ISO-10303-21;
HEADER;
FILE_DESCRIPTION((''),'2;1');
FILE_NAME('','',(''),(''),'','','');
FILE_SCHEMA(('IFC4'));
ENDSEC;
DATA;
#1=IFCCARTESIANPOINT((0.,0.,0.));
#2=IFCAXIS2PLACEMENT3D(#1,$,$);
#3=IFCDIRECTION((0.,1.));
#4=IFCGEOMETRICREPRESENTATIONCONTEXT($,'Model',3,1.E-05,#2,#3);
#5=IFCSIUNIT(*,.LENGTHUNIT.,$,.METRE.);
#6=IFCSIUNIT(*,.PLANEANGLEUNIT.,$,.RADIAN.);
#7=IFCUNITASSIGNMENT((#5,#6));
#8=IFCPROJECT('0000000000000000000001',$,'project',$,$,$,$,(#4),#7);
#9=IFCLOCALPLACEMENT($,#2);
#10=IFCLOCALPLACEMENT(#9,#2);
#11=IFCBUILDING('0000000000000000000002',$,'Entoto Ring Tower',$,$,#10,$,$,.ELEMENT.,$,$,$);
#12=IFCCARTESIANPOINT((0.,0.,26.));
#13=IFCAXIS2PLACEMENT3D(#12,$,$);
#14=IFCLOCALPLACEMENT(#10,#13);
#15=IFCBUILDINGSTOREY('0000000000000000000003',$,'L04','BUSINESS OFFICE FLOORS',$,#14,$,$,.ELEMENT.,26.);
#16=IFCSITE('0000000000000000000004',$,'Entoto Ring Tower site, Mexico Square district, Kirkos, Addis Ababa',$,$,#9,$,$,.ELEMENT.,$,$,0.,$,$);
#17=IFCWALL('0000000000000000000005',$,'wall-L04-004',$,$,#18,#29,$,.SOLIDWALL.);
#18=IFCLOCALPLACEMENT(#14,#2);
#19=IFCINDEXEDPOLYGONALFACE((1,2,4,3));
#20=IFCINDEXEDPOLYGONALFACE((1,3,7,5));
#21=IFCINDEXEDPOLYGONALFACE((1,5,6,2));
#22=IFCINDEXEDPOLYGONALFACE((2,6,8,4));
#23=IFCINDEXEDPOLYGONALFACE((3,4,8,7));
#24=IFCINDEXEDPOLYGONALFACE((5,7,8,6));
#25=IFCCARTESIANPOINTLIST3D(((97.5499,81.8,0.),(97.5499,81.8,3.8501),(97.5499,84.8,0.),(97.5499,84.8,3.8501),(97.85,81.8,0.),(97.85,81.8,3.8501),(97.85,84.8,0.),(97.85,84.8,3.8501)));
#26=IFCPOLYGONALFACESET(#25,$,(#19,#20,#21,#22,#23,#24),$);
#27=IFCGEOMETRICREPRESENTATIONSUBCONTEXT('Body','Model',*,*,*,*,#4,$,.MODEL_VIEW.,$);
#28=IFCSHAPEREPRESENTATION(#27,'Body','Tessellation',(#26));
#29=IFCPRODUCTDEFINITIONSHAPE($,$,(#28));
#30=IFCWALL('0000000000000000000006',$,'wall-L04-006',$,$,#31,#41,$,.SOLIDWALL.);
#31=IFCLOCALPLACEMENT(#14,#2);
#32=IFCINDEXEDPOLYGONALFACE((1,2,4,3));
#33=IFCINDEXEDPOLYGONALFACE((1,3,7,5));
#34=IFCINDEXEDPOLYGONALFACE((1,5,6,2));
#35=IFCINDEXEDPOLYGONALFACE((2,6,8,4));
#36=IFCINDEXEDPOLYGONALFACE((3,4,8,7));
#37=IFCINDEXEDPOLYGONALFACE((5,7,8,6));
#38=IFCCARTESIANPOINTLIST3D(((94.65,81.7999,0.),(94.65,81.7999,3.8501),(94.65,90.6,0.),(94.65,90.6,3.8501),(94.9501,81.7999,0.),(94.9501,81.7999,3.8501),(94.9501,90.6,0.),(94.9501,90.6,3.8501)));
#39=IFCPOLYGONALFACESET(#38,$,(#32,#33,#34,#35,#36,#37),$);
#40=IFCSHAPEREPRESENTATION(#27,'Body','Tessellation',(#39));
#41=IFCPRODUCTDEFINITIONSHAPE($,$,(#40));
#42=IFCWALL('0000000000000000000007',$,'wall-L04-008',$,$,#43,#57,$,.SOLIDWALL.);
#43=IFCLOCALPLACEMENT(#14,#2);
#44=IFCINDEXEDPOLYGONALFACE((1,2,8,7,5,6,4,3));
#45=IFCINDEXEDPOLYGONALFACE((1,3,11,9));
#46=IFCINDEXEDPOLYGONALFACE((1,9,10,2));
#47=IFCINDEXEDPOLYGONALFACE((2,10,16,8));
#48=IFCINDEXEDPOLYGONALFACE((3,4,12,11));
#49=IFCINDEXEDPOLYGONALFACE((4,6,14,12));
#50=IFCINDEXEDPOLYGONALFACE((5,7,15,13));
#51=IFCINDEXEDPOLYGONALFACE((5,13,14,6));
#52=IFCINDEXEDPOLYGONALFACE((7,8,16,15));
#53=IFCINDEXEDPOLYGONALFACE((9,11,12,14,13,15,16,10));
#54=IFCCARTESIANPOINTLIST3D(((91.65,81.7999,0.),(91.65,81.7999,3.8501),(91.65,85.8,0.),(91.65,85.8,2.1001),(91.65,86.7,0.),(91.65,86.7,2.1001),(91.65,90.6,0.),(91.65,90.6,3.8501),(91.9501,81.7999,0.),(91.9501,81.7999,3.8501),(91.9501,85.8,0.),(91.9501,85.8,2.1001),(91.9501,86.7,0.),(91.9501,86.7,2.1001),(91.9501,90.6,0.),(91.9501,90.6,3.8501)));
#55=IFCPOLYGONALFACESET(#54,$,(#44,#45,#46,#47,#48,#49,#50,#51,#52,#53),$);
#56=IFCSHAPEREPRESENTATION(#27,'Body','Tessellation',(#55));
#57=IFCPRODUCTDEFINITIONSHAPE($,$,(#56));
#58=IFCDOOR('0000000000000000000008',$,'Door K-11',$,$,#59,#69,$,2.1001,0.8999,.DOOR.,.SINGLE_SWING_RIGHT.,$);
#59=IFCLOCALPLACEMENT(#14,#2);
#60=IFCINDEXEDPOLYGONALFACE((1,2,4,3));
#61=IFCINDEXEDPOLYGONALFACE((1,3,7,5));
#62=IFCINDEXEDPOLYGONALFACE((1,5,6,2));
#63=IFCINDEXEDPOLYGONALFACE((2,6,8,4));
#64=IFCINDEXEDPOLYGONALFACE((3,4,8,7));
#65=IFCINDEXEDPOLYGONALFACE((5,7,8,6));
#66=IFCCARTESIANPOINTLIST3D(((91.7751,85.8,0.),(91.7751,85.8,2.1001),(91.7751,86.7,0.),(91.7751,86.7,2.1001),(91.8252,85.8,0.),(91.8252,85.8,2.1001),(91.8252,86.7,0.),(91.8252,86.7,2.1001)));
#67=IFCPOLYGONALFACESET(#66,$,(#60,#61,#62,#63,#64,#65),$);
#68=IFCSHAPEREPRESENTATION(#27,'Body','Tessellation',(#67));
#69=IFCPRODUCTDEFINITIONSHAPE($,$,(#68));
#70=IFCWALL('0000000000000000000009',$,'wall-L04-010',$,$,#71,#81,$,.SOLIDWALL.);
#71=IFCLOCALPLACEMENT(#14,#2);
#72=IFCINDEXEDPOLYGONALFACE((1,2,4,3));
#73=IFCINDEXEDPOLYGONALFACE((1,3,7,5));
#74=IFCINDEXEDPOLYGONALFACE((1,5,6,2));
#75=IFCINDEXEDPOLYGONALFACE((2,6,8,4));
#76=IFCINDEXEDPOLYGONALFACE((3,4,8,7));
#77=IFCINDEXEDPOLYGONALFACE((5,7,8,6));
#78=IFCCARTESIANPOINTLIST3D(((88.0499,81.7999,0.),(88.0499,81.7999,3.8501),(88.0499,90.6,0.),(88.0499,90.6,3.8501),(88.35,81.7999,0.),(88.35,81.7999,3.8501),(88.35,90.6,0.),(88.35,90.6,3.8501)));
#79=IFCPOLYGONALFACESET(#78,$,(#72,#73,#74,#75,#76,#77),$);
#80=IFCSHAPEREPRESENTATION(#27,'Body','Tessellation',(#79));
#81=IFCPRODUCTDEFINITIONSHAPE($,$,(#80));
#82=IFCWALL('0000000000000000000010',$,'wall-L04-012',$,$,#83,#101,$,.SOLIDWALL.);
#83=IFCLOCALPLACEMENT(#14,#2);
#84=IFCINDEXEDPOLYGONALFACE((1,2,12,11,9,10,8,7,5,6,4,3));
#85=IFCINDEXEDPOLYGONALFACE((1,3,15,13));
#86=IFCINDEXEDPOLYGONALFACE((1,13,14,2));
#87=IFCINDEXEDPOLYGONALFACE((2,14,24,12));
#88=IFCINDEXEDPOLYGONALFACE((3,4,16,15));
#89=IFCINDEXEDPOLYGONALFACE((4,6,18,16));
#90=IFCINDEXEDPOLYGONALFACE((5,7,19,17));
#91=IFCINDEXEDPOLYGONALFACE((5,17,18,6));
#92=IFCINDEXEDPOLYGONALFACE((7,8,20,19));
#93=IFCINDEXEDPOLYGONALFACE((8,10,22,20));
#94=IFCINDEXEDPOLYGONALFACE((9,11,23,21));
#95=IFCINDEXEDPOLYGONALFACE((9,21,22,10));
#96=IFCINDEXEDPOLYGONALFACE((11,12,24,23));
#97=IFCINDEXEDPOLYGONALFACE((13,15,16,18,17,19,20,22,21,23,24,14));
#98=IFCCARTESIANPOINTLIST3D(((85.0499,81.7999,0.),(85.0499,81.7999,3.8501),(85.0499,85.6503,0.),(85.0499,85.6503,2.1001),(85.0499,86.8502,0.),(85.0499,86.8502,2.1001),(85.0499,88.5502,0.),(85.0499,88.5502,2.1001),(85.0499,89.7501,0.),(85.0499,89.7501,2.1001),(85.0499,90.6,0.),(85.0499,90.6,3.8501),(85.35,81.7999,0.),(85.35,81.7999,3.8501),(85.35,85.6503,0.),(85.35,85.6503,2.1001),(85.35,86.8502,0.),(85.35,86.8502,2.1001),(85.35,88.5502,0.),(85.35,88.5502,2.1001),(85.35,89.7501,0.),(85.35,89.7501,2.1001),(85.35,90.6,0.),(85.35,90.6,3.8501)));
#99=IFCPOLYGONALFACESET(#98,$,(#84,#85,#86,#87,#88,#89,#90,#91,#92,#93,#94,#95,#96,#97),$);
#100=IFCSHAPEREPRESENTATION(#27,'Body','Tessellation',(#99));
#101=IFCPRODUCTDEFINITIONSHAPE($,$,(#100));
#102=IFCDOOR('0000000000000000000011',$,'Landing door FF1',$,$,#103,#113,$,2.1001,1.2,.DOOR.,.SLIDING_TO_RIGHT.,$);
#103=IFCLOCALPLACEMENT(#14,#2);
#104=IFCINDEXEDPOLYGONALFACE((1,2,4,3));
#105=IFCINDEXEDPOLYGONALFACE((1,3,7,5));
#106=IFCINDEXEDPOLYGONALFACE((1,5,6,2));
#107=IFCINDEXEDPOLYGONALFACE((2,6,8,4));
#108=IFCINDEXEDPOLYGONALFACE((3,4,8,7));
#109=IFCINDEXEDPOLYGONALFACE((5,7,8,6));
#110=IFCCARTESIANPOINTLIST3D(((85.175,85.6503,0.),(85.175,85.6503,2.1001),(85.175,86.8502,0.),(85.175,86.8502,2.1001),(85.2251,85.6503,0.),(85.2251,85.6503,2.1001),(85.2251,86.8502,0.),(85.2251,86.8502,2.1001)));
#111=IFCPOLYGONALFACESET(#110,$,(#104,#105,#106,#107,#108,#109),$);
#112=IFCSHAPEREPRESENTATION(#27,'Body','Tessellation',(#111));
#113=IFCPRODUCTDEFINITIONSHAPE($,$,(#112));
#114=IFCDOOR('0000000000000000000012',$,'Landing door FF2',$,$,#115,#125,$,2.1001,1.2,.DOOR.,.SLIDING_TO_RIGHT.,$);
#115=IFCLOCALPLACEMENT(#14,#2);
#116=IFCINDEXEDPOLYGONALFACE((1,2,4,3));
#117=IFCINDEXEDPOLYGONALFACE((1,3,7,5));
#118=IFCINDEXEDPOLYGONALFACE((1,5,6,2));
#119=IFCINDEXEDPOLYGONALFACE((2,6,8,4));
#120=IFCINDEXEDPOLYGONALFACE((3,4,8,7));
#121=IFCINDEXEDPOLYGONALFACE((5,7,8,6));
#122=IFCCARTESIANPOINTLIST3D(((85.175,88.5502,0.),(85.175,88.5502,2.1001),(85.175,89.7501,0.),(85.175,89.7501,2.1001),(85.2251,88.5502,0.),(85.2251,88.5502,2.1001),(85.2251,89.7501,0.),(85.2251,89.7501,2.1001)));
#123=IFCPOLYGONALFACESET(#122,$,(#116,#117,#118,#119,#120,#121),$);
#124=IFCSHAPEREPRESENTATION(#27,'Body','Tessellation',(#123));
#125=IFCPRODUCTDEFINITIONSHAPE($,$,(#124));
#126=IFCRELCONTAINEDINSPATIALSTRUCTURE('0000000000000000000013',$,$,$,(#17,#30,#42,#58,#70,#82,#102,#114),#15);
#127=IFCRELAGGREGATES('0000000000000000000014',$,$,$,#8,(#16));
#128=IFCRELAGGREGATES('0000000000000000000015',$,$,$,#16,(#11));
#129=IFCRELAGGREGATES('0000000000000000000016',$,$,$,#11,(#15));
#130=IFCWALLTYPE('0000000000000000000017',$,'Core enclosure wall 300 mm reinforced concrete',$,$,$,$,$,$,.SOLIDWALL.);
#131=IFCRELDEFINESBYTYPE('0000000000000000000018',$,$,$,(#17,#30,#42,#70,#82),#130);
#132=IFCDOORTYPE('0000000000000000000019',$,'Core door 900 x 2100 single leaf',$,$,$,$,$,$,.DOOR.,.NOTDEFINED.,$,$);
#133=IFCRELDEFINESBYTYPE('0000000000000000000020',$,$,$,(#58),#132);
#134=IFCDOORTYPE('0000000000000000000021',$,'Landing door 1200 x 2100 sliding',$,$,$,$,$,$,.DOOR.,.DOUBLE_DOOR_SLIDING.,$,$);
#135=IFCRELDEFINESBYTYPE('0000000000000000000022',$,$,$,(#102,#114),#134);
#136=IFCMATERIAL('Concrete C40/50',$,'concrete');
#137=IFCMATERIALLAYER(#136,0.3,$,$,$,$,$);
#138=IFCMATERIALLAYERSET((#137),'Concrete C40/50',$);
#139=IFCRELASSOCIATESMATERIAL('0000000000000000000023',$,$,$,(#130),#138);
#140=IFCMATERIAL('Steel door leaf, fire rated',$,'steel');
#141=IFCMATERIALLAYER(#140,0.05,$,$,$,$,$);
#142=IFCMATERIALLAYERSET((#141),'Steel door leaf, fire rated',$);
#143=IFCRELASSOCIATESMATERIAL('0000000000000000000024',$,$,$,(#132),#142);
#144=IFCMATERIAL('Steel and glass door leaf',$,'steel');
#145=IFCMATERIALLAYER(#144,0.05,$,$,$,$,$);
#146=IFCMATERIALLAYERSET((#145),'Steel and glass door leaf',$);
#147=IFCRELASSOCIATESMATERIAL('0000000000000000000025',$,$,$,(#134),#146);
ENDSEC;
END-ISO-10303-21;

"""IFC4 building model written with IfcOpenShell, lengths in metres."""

from ifc_helpers import new_model, si_unit, direction, frame, frame_2d, origin, place, context, subcontext, project, spatial, rectangle, extrude, material, layer, layer_set, type_object, element, fill, save


model = new_model("IFC4")

# Units and contexts
model_context = context("Model", 3, precision=1e-05, world=origin(), true_north=direction((0.0, 1.0)))
body_context = subcontext(model_context, "Body", "Model", "MODEL_VIEW")
ifc_project = project(units=[si_unit("LENGTHUNIT", "METRE"), si_unit("PLANEANGLEUNIT", "RADIAN")], contexts=[model_context])

# Site, building, storey
site_placement = place(None, origin())
site = spatial("IfcSite", under=ifc_project, at=site_placement, Name="Entoto Ring Tower site, Mexico Square district, Kirkos, Addis Ababa", CompositionType="ELEMENT", RefElevation=0.0)
building_placement = place(site_placement, origin())
building = spatial("IfcBuilding", under=site, at=building_placement, Name="Entoto Ring Tower", CompositionType="ELEMENT")
storey_placement = place(building_placement, frame((0.0, 0.0, 26.0)))
storey = spatial("IfcBuildingStorey", under=building, at=storey_placement, Name="L04", Description="BUSINESS OFFICE FLOORS", CompositionType="ELEMENT", Elevation=26.0)

# Walls
ifc_material_1 = material(Name="Concrete C40/50", Category="concrete")
ifc_layer_1 = layer(ifc_material_1, 0.3)
ifc_layer_set_1 = layer_set([ifc_layer_1], Name="Concrete C40/50")
wall_type = type_object("IfcWallType", Name="Core enclosure wall 300 mm reinforced concrete", PredefinedType="SOLIDWALL", material=ifc_layer_set_1)
wall_1_placement = place(storey_placement, frame((97.7, 81.8, 0.0), z_axis=(0.0, 0.0, 1.0), x_axis=(0.0, 1.0, 0.0)))
element("IfcWall", 1, at=wall_1_placement, inside=storey, type_object=wall_type, Name="wall-L04-004", PredefinedType="SOLIDWALL", context=body_context, shape_type="SweptSolid", body=[
    extrude(rectangle(XDim=3.0, YDim=0.3, at=frame_2d((1.5, 0.0))), origin(), (0.0, 0.0, 1.0), 3.8501),
])
wall_2_placement = place(storey_placement, frame((94.8, 81.8, 0.0), z_axis=(0.0, 0.0, 1.0), x_axis=(0.0, 1.0, 0.0)))
element("IfcWall", 2, at=wall_2_placement, inside=storey, type_object=wall_type, Name="wall-L04-006", PredefinedType="SOLIDWALL", context=body_context, shape_type="SweptSolid", body=[
    extrude(rectangle(XDim=8.8, YDim=0.3, at=frame_2d((4.3999, 0.0))), origin(), (0.0, 0.0, 1.0), 3.8501),
])

# Wall, opening, door
wall_3_placement = place(storey_placement, frame((91.8, 81.8, 0.0), z_axis=(0.0, 0.0, 1.0), x_axis=(0.0, 1.0, 0.0)))
wall_3 = element("IfcWall", 3, at=wall_3_placement, inside=storey, type_object=wall_type, Name="wall-L04-008", PredefinedType="SOLIDWALL", context=body_context, shape_type="SweptSolid", body=[
    extrude(rectangle(XDim=8.8, YDim=0.3, at=frame_2d((4.3999, 0.0))), origin(), (0.0, 0.0, 1.0), 3.8501),
])
opening_1_placement = place(wall_3_placement, frame((4.0, 0.0, 0.0)))
opening_1 = element("IfcOpeningElement", 4, at=opening_1_placement, cuts=wall_3, PredefinedType="OPENING", context=body_context, shape_type="SweptSolid", body=[
    extrude(rectangle(XDim=0.8999, YDim=2.1001, at=frame_2d((0.45, 1.05))), frame((0.0, 0.1602, 0.0), z_axis=(0.0, -1.0, 0.0), x_axis=(1.0, 0.0, 0.0)), (0.0, 0.0, 1.0), 0.3201),
])
ifc_material_2 = material(Name="Steel door leaf, fire rated", Category="steel")
ifc_layer_2 = layer(ifc_material_2, 0.05)
ifc_layer_set_2 = layer_set([ifc_layer_2], Name="Steel door leaf, fire rated")
door_type_1 = type_object("IfcDoorType", Name="Core door 900 x 2100 single leaf", OperationType="NOTDEFINED", PredefinedType="DOOR", material=ifc_layer_set_2)
door_1_placement = place(opening_1_placement, origin())
door_1 = element("IfcDoor", 5, at=door_1_placement, inside=storey, type_object=door_type_1, Name="Door K-11", OperationType="SINGLE_SWING_RIGHT", OverallHeight=2.1001, OverallWidth=0.8999, PredefinedType="DOOR", context=body_context, shape_type="SweptSolid", body=[
    extrude(rectangle(XDim=0.8999, YDim=2.1001, at=frame_2d((0.45, 1.05))), frame((0.0, 0.0249, 0.0), z_axis=(0.0, -1.0, 0.0), x_axis=(1.0, 0.0, 0.0)), (0.0, 0.0, 1.0), 0.05),
])
fill(opening_1, door_1)

# Wall
wall_4_placement = place(storey_placement, frame((88.2, 81.8, 0.0), z_axis=(0.0, 0.0, 1.0), x_axis=(0.0, 1.0, 0.0)))
element("IfcWall", 6, at=wall_4_placement, inside=storey, type_object=wall_type, Name="wall-L04-010", PredefinedType="SOLIDWALL", context=body_context, shape_type="SweptSolid", body=[
    extrude(rectangle(XDim=8.8, YDim=0.3, at=frame_2d((4.3999, 0.0))), origin(), (0.0, 0.0, 1.0), 3.8501),
])

# Wall, openings, doors
wall_5_placement = place(storey_placement, frame((85.2, 81.8, 0.0), z_axis=(0.0, 0.0, 1.0), x_axis=(0.0, 1.0, 0.0)))
wall_5 = element("IfcWall", 7, at=wall_5_placement, inside=storey, type_object=wall_type, Name="wall-L04-012", PredefinedType="SOLIDWALL", context=body_context, shape_type="SweptSolid", body=[
    extrude(rectangle(XDim=8.8, YDim=0.3, at=frame_2d((4.3999, 0.0))), origin(), (0.0, 0.0, 1.0), 3.8501),
])
opening_2_placement = place(wall_5_placement, frame((3.8501, 0.0, 0.0)))
opening_2 = element("IfcOpeningElement", 8, at=opening_2_placement, cuts=wall_5, PredefinedType="OPENING", context=body_context, shape_type="SweptSolid", body=[
    extrude(rectangle(XDim=1.2, YDim=2.1001, at=frame_2d((0.6001, 1.05))), frame((0.0, 0.1602, 0.0), z_axis=(0.0, -1.0, 0.0), x_axis=(1.0, 0.0, 0.0)), (0.0, 0.0, 1.0), 0.3201),
])
opening_3_placement = place(wall_5_placement, frame((6.75, 0.0, 0.0)))
opening_3 = element("IfcOpeningElement", 9, at=opening_3_placement, cuts=wall_5, PredefinedType="OPENING", context=body_context, shape_type="SweptSolid", body=[
    extrude(rectangle(XDim=1.2, YDim=2.1001, at=frame_2d((0.6001, 1.05))), frame((0.0, 0.1602, 0.0), z_axis=(0.0, -1.0, 0.0), x_axis=(1.0, 0.0, 0.0)), (0.0, 0.0, 1.0), 0.3201),
])
ifc_material_3 = material(Name="Steel and glass door leaf", Category="steel")
ifc_layer_3 = layer(ifc_material_3, 0.05)
ifc_layer_set_3 = layer_set([ifc_layer_3], Name="Steel and glass door leaf")
door_type_2 = type_object("IfcDoorType", Name="Landing door 1200 x 2100 sliding", OperationType="DOUBLE_DOOR_SLIDING", PredefinedType="DOOR", material=ifc_layer_set_3)
door_2_placement = place(opening_2_placement, origin())
door_2 = element("IfcDoor", 10, at=door_2_placement, inside=storey, type_object=door_type_2, Name="Landing door FF1", OperationType="SLIDING_TO_RIGHT", OverallHeight=2.1001, OverallWidth=1.2, PredefinedType="DOOR", context=body_context, shape_type="SweptSolid", body=[
    extrude(rectangle(XDim=1.2, YDim=2.1001, at=frame_2d((0.6001, 1.05))), frame((0.0, 0.0249, 0.0), z_axis=(0.0, -1.0, 0.0), x_axis=(1.0, 0.0, 0.0)), (0.0, 0.0, 1.0), 0.05),
])
fill(opening_2, door_2)
door_3_placement = place(opening_3_placement, origin())
door_3 = element("IfcDoor", 11, at=door_3_placement, inside=storey, type_object=door_type_2, Name="Landing door FF2", OperationType="SLIDING_TO_RIGHT", OverallHeight=2.1001, OverallWidth=1.2, PredefinedType="DOOR", context=body_context, shape_type="SweptSolid", body=[
    extrude(rectangle(XDim=1.2, YDim=2.1001, at=frame_2d((0.6001, 1.05))), frame((0.0, 0.0249, 0.0), z_axis=(0.0, -1.0, 0.0), x_axis=(1.0, 0.0, 0.0)), (0.0, 0.0, 1.0), 0.05),
])
fill(opening_3, door_3)

save(model, "model.ifc")
